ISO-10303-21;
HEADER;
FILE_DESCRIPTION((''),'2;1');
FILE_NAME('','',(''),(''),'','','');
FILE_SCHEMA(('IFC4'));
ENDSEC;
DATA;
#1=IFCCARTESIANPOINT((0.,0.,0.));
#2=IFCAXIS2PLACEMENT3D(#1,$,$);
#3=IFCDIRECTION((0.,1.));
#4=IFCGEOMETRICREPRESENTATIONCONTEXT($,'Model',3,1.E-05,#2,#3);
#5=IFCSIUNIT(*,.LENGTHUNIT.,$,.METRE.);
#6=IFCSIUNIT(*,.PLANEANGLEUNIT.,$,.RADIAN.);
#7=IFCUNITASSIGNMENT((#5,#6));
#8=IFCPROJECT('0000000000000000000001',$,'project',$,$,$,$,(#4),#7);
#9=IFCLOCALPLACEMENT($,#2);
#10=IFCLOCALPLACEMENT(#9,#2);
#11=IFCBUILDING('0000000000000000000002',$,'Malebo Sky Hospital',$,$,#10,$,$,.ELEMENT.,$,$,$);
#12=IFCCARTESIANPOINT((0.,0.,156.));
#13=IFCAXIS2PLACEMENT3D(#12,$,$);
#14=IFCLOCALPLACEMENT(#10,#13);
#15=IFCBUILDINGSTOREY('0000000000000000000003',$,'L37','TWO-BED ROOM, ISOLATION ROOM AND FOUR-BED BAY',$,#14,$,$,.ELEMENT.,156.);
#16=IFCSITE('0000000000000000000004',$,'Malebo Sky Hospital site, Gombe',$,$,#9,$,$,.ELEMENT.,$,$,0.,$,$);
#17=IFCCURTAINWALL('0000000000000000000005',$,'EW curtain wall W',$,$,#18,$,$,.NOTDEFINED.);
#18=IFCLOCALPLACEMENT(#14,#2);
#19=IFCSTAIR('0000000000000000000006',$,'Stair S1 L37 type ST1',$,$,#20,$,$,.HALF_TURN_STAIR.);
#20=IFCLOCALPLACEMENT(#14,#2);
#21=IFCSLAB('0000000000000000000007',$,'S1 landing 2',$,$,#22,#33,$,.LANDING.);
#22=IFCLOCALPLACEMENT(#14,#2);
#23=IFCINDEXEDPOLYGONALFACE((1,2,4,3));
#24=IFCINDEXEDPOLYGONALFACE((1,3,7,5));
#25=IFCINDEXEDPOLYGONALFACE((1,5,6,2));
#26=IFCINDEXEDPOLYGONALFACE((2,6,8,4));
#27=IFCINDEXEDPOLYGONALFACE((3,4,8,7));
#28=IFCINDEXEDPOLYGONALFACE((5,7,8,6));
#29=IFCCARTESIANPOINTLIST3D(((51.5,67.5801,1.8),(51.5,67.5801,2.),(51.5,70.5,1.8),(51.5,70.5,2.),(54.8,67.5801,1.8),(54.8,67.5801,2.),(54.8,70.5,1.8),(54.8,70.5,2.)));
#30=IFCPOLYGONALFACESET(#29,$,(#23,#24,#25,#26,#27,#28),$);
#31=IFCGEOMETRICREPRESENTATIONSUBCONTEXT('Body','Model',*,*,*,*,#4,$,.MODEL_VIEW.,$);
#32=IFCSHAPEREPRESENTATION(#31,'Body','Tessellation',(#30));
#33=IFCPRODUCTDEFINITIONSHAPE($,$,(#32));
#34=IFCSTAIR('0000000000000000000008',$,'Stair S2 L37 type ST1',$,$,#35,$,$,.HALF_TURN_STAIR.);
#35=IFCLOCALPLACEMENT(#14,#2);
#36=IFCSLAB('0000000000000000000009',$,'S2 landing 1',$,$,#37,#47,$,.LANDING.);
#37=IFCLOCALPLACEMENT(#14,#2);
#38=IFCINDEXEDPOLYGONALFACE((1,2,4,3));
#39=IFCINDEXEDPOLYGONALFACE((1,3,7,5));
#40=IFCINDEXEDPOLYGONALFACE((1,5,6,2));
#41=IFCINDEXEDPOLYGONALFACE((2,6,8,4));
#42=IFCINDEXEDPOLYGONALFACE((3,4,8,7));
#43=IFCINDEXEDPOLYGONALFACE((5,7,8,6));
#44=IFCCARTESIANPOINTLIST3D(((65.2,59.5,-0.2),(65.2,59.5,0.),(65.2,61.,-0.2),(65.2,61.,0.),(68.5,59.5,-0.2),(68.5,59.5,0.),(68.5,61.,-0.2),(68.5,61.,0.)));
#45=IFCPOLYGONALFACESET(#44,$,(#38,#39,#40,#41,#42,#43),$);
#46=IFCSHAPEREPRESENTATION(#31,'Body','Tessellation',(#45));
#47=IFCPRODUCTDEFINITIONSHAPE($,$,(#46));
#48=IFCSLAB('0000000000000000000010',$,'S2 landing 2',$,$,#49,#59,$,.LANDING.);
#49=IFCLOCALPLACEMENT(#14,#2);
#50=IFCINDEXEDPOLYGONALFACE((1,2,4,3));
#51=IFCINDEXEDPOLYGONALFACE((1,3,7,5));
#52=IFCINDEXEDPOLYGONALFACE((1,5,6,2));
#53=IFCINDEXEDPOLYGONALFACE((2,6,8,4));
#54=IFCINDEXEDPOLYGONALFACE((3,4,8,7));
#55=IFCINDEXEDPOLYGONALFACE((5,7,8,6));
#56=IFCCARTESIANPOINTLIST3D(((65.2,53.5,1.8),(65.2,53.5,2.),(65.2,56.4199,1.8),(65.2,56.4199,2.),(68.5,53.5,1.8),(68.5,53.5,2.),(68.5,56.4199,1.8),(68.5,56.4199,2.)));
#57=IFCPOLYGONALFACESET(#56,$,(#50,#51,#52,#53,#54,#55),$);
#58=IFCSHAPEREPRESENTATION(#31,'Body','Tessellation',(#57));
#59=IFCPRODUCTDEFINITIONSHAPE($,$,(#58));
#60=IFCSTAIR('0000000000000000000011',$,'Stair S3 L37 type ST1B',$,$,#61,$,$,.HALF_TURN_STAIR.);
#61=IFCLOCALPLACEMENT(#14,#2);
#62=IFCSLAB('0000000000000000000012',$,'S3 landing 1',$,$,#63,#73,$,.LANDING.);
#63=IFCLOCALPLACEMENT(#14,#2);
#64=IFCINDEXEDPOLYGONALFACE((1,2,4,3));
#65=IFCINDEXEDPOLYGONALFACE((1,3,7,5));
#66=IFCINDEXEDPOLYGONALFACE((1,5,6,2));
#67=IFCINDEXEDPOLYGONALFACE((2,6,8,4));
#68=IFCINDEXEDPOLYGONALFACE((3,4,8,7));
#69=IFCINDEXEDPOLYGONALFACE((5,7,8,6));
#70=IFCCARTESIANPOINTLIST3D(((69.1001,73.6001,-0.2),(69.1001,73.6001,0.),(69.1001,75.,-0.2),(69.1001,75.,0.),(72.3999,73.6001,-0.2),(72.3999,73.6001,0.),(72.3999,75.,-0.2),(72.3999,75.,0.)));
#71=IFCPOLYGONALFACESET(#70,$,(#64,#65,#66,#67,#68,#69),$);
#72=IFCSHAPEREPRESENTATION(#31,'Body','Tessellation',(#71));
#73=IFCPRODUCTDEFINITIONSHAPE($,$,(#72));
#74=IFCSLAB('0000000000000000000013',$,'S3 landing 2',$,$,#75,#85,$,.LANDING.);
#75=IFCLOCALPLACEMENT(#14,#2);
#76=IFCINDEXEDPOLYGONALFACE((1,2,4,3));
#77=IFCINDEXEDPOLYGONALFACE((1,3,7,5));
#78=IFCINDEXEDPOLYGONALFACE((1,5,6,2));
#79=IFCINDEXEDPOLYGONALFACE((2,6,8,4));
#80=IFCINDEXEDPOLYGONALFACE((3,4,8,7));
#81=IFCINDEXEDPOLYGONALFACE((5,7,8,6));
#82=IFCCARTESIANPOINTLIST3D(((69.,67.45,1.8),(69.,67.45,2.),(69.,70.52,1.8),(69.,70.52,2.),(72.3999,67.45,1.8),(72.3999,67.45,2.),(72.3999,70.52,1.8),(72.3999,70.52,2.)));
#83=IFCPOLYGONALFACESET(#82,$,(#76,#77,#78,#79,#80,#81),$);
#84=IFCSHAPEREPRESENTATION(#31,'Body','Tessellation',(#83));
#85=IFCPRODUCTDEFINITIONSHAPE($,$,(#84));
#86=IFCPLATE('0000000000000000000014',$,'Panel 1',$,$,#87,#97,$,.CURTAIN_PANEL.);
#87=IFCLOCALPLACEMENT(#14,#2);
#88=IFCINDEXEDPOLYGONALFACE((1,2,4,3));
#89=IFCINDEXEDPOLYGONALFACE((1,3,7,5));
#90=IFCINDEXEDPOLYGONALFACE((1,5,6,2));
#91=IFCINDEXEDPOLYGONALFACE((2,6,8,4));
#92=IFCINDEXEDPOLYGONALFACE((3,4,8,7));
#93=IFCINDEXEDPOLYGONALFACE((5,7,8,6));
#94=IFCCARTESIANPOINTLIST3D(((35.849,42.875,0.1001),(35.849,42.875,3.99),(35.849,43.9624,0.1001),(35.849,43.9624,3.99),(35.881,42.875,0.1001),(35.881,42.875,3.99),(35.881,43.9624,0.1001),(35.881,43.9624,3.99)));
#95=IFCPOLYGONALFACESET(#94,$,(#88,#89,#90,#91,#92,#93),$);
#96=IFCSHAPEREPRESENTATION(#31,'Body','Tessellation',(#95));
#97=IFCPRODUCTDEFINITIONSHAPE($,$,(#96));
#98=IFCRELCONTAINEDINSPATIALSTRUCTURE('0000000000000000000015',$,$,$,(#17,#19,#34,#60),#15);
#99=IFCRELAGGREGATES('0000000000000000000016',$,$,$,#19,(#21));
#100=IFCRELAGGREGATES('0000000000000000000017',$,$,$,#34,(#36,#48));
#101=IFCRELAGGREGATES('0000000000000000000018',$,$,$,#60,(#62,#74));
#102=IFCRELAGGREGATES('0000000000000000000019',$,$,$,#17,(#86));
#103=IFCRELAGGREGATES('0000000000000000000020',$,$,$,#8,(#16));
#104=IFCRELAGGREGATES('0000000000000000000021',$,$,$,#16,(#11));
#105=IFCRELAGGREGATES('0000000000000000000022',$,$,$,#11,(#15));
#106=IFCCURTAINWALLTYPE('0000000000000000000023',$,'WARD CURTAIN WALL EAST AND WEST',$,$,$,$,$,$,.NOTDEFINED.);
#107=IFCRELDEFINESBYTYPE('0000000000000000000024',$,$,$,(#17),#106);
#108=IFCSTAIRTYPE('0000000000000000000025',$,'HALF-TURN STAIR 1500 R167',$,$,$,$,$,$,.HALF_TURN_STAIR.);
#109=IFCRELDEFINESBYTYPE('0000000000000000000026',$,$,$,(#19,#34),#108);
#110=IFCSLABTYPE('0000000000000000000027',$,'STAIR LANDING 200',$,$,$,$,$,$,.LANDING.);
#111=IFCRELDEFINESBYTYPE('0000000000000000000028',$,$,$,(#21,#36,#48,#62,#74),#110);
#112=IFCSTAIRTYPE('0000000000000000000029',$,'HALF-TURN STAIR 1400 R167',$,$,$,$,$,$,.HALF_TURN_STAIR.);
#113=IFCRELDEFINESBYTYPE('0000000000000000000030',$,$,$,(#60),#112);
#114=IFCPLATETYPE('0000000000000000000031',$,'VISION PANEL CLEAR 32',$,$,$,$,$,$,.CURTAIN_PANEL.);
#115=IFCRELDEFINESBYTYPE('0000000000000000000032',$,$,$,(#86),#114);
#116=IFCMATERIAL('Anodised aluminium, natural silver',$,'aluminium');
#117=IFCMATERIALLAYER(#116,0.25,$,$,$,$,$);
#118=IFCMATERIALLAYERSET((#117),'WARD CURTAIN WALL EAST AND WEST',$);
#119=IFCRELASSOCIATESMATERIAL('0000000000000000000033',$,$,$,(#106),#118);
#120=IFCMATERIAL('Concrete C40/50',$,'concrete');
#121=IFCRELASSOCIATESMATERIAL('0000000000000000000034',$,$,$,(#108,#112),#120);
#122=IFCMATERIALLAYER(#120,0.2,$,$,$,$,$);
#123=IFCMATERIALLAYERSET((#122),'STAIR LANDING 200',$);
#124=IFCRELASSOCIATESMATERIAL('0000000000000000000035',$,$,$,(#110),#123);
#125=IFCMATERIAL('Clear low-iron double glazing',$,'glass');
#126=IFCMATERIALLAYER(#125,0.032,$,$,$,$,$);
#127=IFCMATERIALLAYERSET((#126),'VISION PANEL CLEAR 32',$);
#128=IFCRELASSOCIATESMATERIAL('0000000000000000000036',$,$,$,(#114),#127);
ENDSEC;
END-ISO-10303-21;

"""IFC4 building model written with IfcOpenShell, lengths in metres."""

from ifc_helpers import new_model, si_unit, direction, frame, origin, origin_2d, place, context, subcontext, project, spatial, polyline, rectangle, outline, extrude, material, layer, layer_set, type_object, element, aggregate, save


model = new_model("IFC4")

# Units and contexts
model_context = context("Model", 3, precision=1e-05, world=origin(), true_north=direction((0.0, 1.0)))
body_context = subcontext(model_context, "Body", "Model", "MODEL_VIEW")
ifc_project = project(units=[si_unit("LENGTHUNIT", "METRE"), si_unit("PLANEANGLEUNIT", "RADIAN")], contexts=[model_context])

# Site, building, storey
site_placement = place(None, origin())
site = spatial("IfcSite", under=ifc_project, at=site_placement, Name="Malebo Sky Hospital site, Gombe", CompositionType="ELEMENT", RefElevation=0.0)
building_placement = place(site_placement, origin())
building = spatial("IfcBuilding", under=site, at=building_placement, Name="Malebo Sky Hospital", CompositionType="ELEMENT")
storey_placement = place(building_placement, frame((0.0, 0.0, 156.0)))
storey = spatial("IfcBuildingStorey", under=building, at=storey_placement, Name="L37", Description="TWO-BED ROOM, ISOLATION ROOM AND FOUR-BED BAY", CompositionType="ELEMENT", Elevation=156.0)

# Curtain wall
ifc_material_1 = material(Name="Anodised aluminium, natural silver", Category="aluminium")
ifc_layer_1 = layer(ifc_material_1, 0.25)
ifc_layer_set_1 = layer_set([ifc_layer_1], Name="WARD CURTAIN WALL EAST AND WEST")
curtain_wall_type = type_object("IfcCurtainWallType", Name="WARD CURTAIN WALL EAST AND WEST", PredefinedType="NOTDEFINED", material=ifc_layer_set_1)
curtain_wall_placement = place(storey_placement, origin())
curtain_wall = element("IfcCurtainWall", 1, at=curtain_wall_placement, inside=storey, type_object=curtain_wall_type, Name="EW curtain wall W", PredefinedType="NOTDEFINED")

# Shared definitions
ifc_material_2 = material(Name="Concrete C40/50", Category="concrete")

# Stairs, slabs
stair_type_1 = type_object("IfcStairType", Name="HALF-TURN STAIR 1500 R167", PredefinedType="HALF_TURN_STAIR", material=ifc_material_2)
stair_1_placement = place(storey_placement, origin())
stair_1 = element("IfcStair", 2, at=stair_1_placement, inside=storey, type_object=stair_type_1, Name="Stair S1 L37 type ST1", PredefinedType="HALF_TURN_STAIR")
ifc_layer_2 = layer(ifc_material_2, 0.2)
ifc_layer_set_2 = layer_set([ifc_layer_2], Name="STAIR LANDING 200")
slab_type_1 = type_object("IfcSlabType", Name="STAIR LANDING 200", PredefinedType="LANDING", material=ifc_layer_set_2)
slab_1_placement = place(storey_placement, frame((0.0, 0.0, 1.8)))
slab_1 = element("IfcSlab", 3, at=slab_1_placement, type_object=slab_type_1, Name="S1 landing 2", PredefinedType="LANDING", context=body_context, shape_type="SweptSolid", body=[
    extrude(outline(polyline([(51.5, 67.5801), (54.8, 67.5801), (54.8, 70.5), (51.5, 70.5), (51.5, 67.5801)])), origin(), (0.0, 0.0, 1.0), 0.2),
])
aggregate(stair_1, [slab_1])
stair_2_placement = place(storey_placement, origin())
stair_2 = element("IfcStair", 4, at=stair_2_placement, inside=storey, type_object=stair_type_1, Name="Stair S2 L37 type ST1", PredefinedType="HALF_TURN_STAIR")
slab_2_placement = place(storey_placement, frame((0.0, 0.0, -0.2)))
slab_2 = element("IfcSlab", 5, at=slab_2_placement, type_object=slab_type_1, Name="S2 landing 1", PredefinedType="LANDING", context=body_context, shape_type="SweptSolid", body=[
    extrude(outline(polyline([(65.2, 59.5), (68.5, 59.5), (68.5, 61.0), (65.2, 61.0), (65.2, 59.5)])), origin(), (0.0, 0.0, 1.0), 0.2),
])
slab_3_placement = place(storey_placement, frame((0.0, 0.0, 1.8)))
slab_3 = element("IfcSlab", 6, at=slab_3_placement, type_object=slab_type_1, Name="S2 landing 2", PredefinedType="LANDING", context=body_context, shape_type="SweptSolid", body=[
    extrude(outline(polyline([(65.2, 53.5), (68.5, 53.5), (68.5, 56.4199), (65.2, 56.4199), (65.2, 53.5)])), origin(), (0.0, 0.0, 1.0), 0.2),
])
aggregate(stair_2, [slab_2, slab_3])
stair_type_2 = type_object("IfcStairType", Name="HALF-TURN STAIR 1400 R167", PredefinedType="HALF_TURN_STAIR", material=ifc_material_2)
stair_3_placement = place(storey_placement, origin())
stair_3 = element("IfcStair", 7, at=stair_3_placement, inside=storey, type_object=stair_type_2, Name="Stair S3 L37 type ST1B", PredefinedType="HALF_TURN_STAIR")
slab_4_placement = place(storey_placement, frame((0.0, 0.0, -0.2)))
slab_4 = element("IfcSlab", 8, at=slab_4_placement, type_object=slab_type_1, Name="S3 landing 1", PredefinedType="LANDING", context=body_context, shape_type="SweptSolid", body=[
    extrude(outline(polyline([(69.1001, 73.6001), (72.3999, 73.6001), (72.3999, 75.0), (69.1001, 75.0), (69.1001, 73.6001)])), origin(), (0.0, 0.0, 1.0), 0.2),
])
slab_5_placement = place(storey_placement, frame((0.0, 0.0, 1.8)))
slab_5 = element("IfcSlab", 9, at=slab_5_placement, type_object=slab_type_1, Name="S3 landing 2", PredefinedType="LANDING", context=body_context, shape_type="SweptSolid", body=[
    extrude(outline(polyline([(69.0, 67.45), (72.3999, 67.45), (72.3999, 70.52), (69.0, 70.52), (69.0, 67.45)])), origin(), (0.0, 0.0, 1.0), 0.2),
])
aggregate(stair_3, [slab_4, slab_5])

# Plate
ifc_material_3 = material(Name="Clear low-iron double glazing", Category="glass")
ifc_layer_3 = layer(ifc_material_3, 0.032)
ifc_layer_set_3 = layer_set([ifc_layer_3], Name="VISION PANEL CLEAR 32")
plate_type = type_object("IfcPlateType", Name="VISION PANEL CLEAR 32", PredefinedType="CURTAIN_PANEL", material=ifc_layer_set_3)
plate_placement = place(storey_placement, frame((35.865, 43.4187, 0.1001), z_axis=(0.0, 0.0, 1.0), x_axis=(0.0, 1.0, 0.0)))
plate = element("IfcPlate", 10, at=plate_placement, type_object=plate_type, Name="Panel 1", PredefinedType="CURTAIN_PANEL", context=body_context, shape_type="SweptSolid", body=[
    extrude(rectangle(XDim=1.0874, YDim=0.032, at=origin_2d()), origin(), (0.0, 0.0, 1.0), 3.8899),
])
aggregate(curtain_wall, [plate])

save(model, "model.ifc")
